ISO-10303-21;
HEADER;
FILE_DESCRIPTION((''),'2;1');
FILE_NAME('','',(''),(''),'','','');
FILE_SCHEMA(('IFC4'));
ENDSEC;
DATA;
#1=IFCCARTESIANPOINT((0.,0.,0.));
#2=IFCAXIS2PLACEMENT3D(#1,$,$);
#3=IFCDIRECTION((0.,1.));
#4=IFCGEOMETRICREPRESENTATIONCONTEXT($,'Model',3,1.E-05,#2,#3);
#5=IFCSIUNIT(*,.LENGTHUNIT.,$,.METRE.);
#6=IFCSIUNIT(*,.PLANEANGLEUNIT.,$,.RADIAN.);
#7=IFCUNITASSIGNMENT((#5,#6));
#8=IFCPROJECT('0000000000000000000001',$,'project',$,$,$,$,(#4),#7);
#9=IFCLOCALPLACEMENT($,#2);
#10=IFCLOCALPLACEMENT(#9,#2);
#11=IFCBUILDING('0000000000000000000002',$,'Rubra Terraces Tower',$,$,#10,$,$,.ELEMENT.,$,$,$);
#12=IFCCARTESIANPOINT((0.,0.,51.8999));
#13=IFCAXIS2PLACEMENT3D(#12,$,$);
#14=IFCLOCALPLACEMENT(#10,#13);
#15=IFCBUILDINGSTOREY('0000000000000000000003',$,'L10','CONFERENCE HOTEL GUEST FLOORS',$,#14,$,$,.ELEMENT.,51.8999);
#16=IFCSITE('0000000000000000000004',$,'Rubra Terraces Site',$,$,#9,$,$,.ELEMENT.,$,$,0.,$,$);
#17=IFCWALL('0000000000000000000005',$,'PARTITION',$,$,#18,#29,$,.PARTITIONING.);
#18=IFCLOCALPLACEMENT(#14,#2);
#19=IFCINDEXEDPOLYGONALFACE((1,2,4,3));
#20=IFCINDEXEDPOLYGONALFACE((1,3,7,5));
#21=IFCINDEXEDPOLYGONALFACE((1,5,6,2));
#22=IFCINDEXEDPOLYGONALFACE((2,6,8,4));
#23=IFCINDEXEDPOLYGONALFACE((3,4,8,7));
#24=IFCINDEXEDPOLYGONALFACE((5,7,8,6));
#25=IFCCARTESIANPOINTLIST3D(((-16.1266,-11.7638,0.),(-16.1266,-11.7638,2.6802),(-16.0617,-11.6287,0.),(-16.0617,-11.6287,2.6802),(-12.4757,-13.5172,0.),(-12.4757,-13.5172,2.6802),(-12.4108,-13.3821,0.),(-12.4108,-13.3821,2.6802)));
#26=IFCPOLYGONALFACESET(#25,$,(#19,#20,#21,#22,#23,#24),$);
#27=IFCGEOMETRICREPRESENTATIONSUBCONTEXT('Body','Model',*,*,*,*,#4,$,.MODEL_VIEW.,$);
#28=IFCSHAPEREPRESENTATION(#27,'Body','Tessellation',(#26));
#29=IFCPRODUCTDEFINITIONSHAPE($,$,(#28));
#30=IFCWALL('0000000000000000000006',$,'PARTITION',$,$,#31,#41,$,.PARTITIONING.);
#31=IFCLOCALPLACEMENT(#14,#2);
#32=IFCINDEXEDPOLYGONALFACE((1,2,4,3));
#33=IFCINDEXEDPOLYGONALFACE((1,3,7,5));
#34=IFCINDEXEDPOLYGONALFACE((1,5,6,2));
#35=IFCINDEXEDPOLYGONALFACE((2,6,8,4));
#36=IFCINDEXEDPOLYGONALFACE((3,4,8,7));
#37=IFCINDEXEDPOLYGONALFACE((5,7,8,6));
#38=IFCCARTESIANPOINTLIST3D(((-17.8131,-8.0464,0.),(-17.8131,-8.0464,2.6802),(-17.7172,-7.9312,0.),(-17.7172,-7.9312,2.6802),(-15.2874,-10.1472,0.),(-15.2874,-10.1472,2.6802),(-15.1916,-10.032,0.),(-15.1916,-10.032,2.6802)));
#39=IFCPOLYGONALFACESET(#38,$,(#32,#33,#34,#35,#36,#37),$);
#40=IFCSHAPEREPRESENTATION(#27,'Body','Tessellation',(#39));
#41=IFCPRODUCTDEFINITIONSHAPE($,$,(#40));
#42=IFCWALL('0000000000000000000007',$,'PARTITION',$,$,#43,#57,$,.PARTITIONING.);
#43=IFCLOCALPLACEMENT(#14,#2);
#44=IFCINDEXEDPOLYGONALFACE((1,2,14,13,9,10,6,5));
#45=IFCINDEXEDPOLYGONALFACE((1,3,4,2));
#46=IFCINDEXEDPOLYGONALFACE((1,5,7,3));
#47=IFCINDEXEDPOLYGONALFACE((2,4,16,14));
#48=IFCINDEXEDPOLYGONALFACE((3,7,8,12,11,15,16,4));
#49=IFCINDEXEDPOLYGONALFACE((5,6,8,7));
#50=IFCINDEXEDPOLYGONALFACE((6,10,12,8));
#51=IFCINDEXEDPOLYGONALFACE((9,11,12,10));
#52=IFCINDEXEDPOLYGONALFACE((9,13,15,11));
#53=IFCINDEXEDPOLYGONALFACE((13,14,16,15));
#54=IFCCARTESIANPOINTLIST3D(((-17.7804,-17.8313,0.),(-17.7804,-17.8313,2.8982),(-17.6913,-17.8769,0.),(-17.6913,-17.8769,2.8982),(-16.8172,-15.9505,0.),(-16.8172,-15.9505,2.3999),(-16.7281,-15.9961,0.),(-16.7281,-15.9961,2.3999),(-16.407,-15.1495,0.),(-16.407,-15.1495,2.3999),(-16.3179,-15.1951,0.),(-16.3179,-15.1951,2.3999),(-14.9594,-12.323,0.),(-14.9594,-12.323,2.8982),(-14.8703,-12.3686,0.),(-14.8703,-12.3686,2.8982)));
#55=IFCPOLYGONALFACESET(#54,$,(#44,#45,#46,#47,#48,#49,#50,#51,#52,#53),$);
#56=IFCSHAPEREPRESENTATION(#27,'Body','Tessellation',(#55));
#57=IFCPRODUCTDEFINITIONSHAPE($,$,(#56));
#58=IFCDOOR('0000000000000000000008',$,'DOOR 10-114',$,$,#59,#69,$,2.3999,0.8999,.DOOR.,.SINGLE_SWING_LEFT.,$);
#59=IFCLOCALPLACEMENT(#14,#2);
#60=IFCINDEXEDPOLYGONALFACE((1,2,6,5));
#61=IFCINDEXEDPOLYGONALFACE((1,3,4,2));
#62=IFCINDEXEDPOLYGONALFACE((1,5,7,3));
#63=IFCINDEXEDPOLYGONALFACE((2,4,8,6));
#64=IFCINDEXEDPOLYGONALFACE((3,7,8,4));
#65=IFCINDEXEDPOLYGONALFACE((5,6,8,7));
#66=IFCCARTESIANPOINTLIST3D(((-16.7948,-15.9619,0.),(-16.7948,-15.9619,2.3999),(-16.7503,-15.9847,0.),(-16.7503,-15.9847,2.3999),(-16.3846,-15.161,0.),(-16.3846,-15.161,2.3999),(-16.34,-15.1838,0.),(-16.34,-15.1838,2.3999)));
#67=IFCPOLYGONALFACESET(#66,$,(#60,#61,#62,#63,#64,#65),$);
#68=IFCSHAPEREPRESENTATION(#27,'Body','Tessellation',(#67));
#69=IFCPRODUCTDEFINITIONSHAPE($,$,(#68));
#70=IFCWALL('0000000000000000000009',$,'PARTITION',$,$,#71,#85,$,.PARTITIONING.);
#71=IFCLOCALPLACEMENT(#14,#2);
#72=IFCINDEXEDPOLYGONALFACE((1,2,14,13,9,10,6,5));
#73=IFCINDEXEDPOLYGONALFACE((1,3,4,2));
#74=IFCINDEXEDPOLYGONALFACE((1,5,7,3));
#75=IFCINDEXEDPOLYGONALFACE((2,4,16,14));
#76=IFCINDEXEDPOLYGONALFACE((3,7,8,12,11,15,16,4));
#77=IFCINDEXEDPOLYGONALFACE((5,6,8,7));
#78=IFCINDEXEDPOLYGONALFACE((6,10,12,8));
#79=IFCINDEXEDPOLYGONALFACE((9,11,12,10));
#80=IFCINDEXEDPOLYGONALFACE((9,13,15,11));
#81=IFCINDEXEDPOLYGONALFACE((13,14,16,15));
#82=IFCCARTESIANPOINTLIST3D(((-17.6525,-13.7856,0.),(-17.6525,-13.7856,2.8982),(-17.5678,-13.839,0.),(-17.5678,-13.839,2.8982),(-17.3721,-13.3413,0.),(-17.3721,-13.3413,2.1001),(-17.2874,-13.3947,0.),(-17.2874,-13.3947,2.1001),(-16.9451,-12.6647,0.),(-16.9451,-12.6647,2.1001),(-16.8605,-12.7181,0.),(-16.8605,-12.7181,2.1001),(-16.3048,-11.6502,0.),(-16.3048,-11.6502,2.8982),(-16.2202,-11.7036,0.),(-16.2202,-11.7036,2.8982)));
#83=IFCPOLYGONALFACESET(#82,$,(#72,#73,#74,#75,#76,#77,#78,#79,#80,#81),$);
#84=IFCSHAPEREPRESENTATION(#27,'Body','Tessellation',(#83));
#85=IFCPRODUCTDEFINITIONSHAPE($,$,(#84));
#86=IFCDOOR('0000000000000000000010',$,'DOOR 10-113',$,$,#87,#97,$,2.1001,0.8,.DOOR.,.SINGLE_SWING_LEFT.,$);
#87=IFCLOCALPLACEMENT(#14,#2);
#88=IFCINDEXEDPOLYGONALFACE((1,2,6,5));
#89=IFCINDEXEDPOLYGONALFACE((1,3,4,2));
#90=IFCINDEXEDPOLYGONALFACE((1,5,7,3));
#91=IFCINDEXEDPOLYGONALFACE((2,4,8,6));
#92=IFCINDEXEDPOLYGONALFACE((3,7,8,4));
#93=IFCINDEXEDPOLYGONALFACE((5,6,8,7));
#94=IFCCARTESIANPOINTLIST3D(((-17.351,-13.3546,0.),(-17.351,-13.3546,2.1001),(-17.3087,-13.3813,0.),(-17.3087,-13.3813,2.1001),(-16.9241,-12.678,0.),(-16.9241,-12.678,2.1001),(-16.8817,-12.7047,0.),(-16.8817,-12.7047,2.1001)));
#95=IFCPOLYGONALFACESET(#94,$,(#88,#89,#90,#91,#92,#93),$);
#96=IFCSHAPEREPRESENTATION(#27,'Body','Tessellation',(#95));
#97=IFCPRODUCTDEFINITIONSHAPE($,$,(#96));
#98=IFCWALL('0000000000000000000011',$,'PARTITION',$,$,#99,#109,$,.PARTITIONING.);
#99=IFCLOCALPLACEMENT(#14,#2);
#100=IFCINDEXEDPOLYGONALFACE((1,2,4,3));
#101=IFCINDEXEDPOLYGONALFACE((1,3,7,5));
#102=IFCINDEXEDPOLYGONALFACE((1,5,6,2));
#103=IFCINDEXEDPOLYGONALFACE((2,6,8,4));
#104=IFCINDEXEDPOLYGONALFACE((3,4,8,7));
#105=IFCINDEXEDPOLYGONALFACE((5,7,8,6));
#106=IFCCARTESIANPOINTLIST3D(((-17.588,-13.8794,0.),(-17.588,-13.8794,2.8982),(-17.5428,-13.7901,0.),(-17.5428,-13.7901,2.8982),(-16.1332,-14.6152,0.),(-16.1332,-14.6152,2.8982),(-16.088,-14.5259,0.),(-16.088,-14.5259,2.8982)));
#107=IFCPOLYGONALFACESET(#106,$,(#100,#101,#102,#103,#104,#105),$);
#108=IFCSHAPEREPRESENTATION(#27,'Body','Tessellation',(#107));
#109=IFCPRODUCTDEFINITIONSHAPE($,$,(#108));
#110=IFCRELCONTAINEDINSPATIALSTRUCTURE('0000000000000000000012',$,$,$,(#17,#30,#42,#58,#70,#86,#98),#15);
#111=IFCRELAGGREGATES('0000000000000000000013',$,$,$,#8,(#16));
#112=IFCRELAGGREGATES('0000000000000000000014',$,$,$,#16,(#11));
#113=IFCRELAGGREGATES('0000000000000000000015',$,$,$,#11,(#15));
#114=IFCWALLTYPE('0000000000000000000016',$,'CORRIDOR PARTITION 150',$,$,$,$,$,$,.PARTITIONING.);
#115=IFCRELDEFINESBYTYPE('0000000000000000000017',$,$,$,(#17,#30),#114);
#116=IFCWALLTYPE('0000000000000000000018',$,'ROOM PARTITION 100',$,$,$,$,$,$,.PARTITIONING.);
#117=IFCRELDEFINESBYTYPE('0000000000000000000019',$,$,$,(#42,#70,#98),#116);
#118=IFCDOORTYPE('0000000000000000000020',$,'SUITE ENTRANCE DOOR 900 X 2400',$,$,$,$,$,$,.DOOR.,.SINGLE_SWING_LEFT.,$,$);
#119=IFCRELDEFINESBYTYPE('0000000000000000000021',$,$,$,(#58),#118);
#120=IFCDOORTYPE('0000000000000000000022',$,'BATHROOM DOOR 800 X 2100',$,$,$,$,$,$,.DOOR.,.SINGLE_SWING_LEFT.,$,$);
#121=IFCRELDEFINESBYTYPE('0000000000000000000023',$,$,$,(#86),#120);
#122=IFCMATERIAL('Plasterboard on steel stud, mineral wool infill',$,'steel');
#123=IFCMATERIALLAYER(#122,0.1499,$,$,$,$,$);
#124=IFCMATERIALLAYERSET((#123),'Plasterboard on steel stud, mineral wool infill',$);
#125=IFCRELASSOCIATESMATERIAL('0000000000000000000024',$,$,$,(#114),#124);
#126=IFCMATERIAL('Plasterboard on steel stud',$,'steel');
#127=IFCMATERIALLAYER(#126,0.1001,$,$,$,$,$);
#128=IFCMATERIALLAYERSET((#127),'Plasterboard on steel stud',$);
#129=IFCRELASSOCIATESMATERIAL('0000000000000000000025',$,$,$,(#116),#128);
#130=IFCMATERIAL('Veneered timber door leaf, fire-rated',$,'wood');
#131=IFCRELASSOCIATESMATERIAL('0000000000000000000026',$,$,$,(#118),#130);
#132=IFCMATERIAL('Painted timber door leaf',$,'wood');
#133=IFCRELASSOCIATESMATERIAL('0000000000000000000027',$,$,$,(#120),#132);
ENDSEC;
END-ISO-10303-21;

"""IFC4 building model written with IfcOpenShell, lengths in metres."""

from ifc_helpers import new_model, si_unit, direction, frame, frame_2d, origin, place, context, subcontext, project, spatial, rectangle, extrude, material, layer, layer_set, type_object, element, fill, save


model = new_model("IFC4")

# Units and contexts
model_context = context("Model", 3, precision=1e-05, world=origin(), true_north=direction((0.0, 1.0)))
body_context = subcontext(model_context, "Body", "Model", "MODEL_VIEW")
ifc_project = project(units=[si_unit("LENGTHUNIT", "METRE"), si_unit("PLANEANGLEUNIT", "RADIAN")], contexts=[model_context])

# Site, building, storey
site_placement = place(None, origin())
site = spatial("IfcSite", under=ifc_project, at=site_placement, Name="Rubra Terraces Site", CompositionType="ELEMENT", RefElevation=0.0)
building_placement = place(site_placement, origin())
building = spatial("IfcBuilding", under=site, at=building_placement, Name="Rubra Terraces Tower", CompositionType="ELEMENT")
storey_placement = place(building_placement, frame((0.0, 0.0, 51.8999)))
storey = spatial("IfcBuildingStorey", under=building, at=storey_placement, Name="L10", Description="CONFERENCE HOTEL GUEST FLOORS", CompositionType="ELEMENT", Elevation=51.8999)

# Walls
ifc_material_1 = material(Name="Plasterboard on steel stud, mineral wool infill", Category="steel")
ifc_layer_1 = layer(ifc_material_1, 0.1499)
ifc_layer_set_1 = layer_set([ifc_layer_1], Name="Plasterboard on steel stud, mineral wool infill")
wall_type_1 = type_object("IfcWallType", Name="CORRIDOR PARTITION 150", PredefinedType="PARTITIONING", material=ifc_layer_set_1)
wall_1_placement = place(storey_placement, frame((-16.094, -11.6963, 0.0), z_axis=(0.0, 0.0, 1.0), x_axis=(0.901427, -0.432931, 0.0)))
element("IfcWall", 1, at=wall_1_placement, inside=storey, type_object=wall_type_1, Name="PARTITION", PredefinedType="PARTITIONING", context=body_context, shape_type="SweptSolid", body=[
    extrude(rectangle(XDim=4.05, YDim=0.1499, at=frame_2d((2.0249, 0.0))), origin(), (0.0, 0.0, 1.0), 2.6802),
])
wall_2_placement = place(storey_placement, frame((-15.2395, -10.0896, 0.0), z_axis=(0.0, 0.0, 1.0), x_axis=(-0.7688, 0.63949, 0.0)))
element("IfcWall", 2, at=wall_2_placement, inside=storey, type_object=wall_type_1, Name="PARTITION", PredefinedType="PARTITIONING", context=body_context, shape_type="SweptSolid", body=[
    extrude(rectangle(XDim=3.2852, YDim=0.1499, at=frame_2d((1.6426, 0.0))), origin(), (0.0, 0.0, 1.0), 2.6802),
])

# Walls, openings, doors
ifc_material_2 = material(Name="Plasterboard on steel stud", Category="steel")
ifc_layer_2 = layer(ifc_material_2, 0.1001)
ifc_layer_set_2 = layer_set([ifc_layer_2], Name="Plasterboard on steel stud")
wall_type_2 = type_object("IfcWallType", Name="ROOM PARTITION 100", PredefinedType="PARTITIONING", material=ifc_layer_set_2)
wall_3_placement = place(storey_placement, frame((-17.7358, -17.854, 0.0), z_axis=(0.0, 0.0, 1.0), x_axis=(0.45584, 0.890062, 0.0)))
wall_3 = element("IfcWall", 3, at=wall_3_placement, inside=storey, type_object=wall_type_2, Name="PARTITION", PredefinedType="PARTITIONING", context=body_context, shape_type="SweptSolid", body=[
    extrude(rectangle(XDim=6.1887, YDim=0.1001, at=frame_2d((3.0942, 0.0))), origin(), (0.0, 0.0, 1.0), 2.8982),
])
opening_1_placement = place(wall_3_placement, frame((2.113, 0.0, 0.0)))
opening_1 = element("IfcOpeningElement", 4, at=opening_1_placement, cuts=wall_3, PredefinedType="OPENING", context=body_context, shape_type="SweptSolid", body=[
    extrude(rectangle(XDim=0.8999, YDim=2.3999, at=frame_2d((0.45, 1.2))), frame((0.0, 0.0601, 0.0), z_axis=(0.0, -1.0, 0.0), x_axis=(1.0, 0.0, 0.0)), (0.0, 0.0, 1.0), 0.1201),
])
ifc_material_3 = material(Name="Veneered timber door leaf, fire-rated", Category="wood")
door_type_1 = type_object("IfcDoorType", Name="SUITE ENTRANCE DOOR 900 X 2400", OperationType="SINGLE_SWING_LEFT", PredefinedType="DOOR", material=ifc_material_3)
door_1_placement = place(opening_1_placement, origin())
door_1 = element("IfcDoor", 5, at=door_1_placement, inside=storey, type_object=door_type_1, Name="DOOR 10-114", OperationType="SINGLE_SWING_LEFT", OverallHeight=2.3999, OverallWidth=0.8999, PredefinedType="DOOR", context=body_context, shape_type="SweptSolid", body=[
    extrude(rectangle(XDim=0.8999, YDim=2.3999, at=frame_2d((0.45, 1.2))), frame((0.0, 0.0249, 0.0), z_axis=(0.0, -1.0, 0.0), x_axis=(1.0, 0.0, 0.0)), (0.0, 0.0, 1.0), 0.05),
])
fill(opening_1, door_1)
wall_4_placement = place(storey_placement, frame((-16.2625, -11.6768, 0.0), z_axis=(0.0, 0.0, 1.0), x_axis=(-0.533687, -0.845682, 0.0)))
wall_4 = element("IfcWall", 6, at=wall_4_placement, inside=storey, type_object=wall_type_2, Name="PARTITION", PredefinedType="PARTITIONING", context=body_context, shape_type="SweptSolid", body=[
    extrude(rectangle(XDim=2.5251, YDim=0.1001, at=frame_2d((1.2627, 0.0))), origin(), (0.0, 0.0, 1.0), 2.8982),
])
opening_2_placement = place(wall_4_placement, frame((1.2, 0.0, 0.0)))
opening_2 = element("IfcOpeningElement", 7, at=opening_2_placement, cuts=wall_4, PredefinedType="OPENING", context=body_context, shape_type="SweptSolid", body=[
    extrude(rectangle(XDim=0.8, YDim=2.1001, at=frame_2d((0.3999, 1.05))), frame((0.0, 0.0601, 0.0), z_axis=(0.0, -1.0, 0.0), x_axis=(1.0, 0.0, 0.0)), (0.0, 0.0, 1.0), 0.1201),
])
ifc_material_4 = material(Name="Painted timber door leaf", Category="wood")
door_type_2 = type_object("IfcDoorType", Name="BATHROOM DOOR 800 X 2100", OperationType="SINGLE_SWING_LEFT", PredefinedType="DOOR", material=ifc_material_4)
door_2_placement = place(opening_2_placement, origin())
door_2 = element("IfcDoor", 8, at=door_2_placement, inside=storey, type_object=door_type_2, Name="DOOR 10-113", OperationType="SINGLE_SWING_LEFT", OverallHeight=2.1001, OverallWidth=0.8, PredefinedType="DOOR", context=body_context, shape_type="SweptSolid", body=[
    extrude(rectangle(XDim=0.8, YDim=2.1001, at=frame_2d((0.3999, 1.05))), frame((0.0, 0.0249, 0.0), z_axis=(0.0, -1.0, 0.0), x_axis=(1.0, 0.0, 0.0)), (0.0, 0.0, 1.0), 0.05),
])
fill(opening_2, door_2)

# Wall
wall_5_placement = place(storey_placement, frame((-17.5654, -13.8347, 0.0), z_axis=(0.0, 0.0, 1.0), x_axis=(0.892351, -0.451342, 0.0)))
element("IfcWall", 9, at=wall_5_placement, inside=storey, type_object=wall_type_2, Name="PARTITION", PredefinedType="PARTITIONING", context=body_context, shape_type="SweptSolid", body=[
    extrude(rectangle(XDim=1.6304, YDim=0.1001, at=frame_2d((0.8152, 0.0))), origin(), (0.0, 0.0, 1.0), 2.8982),
])

save(model, "model.ifc")
